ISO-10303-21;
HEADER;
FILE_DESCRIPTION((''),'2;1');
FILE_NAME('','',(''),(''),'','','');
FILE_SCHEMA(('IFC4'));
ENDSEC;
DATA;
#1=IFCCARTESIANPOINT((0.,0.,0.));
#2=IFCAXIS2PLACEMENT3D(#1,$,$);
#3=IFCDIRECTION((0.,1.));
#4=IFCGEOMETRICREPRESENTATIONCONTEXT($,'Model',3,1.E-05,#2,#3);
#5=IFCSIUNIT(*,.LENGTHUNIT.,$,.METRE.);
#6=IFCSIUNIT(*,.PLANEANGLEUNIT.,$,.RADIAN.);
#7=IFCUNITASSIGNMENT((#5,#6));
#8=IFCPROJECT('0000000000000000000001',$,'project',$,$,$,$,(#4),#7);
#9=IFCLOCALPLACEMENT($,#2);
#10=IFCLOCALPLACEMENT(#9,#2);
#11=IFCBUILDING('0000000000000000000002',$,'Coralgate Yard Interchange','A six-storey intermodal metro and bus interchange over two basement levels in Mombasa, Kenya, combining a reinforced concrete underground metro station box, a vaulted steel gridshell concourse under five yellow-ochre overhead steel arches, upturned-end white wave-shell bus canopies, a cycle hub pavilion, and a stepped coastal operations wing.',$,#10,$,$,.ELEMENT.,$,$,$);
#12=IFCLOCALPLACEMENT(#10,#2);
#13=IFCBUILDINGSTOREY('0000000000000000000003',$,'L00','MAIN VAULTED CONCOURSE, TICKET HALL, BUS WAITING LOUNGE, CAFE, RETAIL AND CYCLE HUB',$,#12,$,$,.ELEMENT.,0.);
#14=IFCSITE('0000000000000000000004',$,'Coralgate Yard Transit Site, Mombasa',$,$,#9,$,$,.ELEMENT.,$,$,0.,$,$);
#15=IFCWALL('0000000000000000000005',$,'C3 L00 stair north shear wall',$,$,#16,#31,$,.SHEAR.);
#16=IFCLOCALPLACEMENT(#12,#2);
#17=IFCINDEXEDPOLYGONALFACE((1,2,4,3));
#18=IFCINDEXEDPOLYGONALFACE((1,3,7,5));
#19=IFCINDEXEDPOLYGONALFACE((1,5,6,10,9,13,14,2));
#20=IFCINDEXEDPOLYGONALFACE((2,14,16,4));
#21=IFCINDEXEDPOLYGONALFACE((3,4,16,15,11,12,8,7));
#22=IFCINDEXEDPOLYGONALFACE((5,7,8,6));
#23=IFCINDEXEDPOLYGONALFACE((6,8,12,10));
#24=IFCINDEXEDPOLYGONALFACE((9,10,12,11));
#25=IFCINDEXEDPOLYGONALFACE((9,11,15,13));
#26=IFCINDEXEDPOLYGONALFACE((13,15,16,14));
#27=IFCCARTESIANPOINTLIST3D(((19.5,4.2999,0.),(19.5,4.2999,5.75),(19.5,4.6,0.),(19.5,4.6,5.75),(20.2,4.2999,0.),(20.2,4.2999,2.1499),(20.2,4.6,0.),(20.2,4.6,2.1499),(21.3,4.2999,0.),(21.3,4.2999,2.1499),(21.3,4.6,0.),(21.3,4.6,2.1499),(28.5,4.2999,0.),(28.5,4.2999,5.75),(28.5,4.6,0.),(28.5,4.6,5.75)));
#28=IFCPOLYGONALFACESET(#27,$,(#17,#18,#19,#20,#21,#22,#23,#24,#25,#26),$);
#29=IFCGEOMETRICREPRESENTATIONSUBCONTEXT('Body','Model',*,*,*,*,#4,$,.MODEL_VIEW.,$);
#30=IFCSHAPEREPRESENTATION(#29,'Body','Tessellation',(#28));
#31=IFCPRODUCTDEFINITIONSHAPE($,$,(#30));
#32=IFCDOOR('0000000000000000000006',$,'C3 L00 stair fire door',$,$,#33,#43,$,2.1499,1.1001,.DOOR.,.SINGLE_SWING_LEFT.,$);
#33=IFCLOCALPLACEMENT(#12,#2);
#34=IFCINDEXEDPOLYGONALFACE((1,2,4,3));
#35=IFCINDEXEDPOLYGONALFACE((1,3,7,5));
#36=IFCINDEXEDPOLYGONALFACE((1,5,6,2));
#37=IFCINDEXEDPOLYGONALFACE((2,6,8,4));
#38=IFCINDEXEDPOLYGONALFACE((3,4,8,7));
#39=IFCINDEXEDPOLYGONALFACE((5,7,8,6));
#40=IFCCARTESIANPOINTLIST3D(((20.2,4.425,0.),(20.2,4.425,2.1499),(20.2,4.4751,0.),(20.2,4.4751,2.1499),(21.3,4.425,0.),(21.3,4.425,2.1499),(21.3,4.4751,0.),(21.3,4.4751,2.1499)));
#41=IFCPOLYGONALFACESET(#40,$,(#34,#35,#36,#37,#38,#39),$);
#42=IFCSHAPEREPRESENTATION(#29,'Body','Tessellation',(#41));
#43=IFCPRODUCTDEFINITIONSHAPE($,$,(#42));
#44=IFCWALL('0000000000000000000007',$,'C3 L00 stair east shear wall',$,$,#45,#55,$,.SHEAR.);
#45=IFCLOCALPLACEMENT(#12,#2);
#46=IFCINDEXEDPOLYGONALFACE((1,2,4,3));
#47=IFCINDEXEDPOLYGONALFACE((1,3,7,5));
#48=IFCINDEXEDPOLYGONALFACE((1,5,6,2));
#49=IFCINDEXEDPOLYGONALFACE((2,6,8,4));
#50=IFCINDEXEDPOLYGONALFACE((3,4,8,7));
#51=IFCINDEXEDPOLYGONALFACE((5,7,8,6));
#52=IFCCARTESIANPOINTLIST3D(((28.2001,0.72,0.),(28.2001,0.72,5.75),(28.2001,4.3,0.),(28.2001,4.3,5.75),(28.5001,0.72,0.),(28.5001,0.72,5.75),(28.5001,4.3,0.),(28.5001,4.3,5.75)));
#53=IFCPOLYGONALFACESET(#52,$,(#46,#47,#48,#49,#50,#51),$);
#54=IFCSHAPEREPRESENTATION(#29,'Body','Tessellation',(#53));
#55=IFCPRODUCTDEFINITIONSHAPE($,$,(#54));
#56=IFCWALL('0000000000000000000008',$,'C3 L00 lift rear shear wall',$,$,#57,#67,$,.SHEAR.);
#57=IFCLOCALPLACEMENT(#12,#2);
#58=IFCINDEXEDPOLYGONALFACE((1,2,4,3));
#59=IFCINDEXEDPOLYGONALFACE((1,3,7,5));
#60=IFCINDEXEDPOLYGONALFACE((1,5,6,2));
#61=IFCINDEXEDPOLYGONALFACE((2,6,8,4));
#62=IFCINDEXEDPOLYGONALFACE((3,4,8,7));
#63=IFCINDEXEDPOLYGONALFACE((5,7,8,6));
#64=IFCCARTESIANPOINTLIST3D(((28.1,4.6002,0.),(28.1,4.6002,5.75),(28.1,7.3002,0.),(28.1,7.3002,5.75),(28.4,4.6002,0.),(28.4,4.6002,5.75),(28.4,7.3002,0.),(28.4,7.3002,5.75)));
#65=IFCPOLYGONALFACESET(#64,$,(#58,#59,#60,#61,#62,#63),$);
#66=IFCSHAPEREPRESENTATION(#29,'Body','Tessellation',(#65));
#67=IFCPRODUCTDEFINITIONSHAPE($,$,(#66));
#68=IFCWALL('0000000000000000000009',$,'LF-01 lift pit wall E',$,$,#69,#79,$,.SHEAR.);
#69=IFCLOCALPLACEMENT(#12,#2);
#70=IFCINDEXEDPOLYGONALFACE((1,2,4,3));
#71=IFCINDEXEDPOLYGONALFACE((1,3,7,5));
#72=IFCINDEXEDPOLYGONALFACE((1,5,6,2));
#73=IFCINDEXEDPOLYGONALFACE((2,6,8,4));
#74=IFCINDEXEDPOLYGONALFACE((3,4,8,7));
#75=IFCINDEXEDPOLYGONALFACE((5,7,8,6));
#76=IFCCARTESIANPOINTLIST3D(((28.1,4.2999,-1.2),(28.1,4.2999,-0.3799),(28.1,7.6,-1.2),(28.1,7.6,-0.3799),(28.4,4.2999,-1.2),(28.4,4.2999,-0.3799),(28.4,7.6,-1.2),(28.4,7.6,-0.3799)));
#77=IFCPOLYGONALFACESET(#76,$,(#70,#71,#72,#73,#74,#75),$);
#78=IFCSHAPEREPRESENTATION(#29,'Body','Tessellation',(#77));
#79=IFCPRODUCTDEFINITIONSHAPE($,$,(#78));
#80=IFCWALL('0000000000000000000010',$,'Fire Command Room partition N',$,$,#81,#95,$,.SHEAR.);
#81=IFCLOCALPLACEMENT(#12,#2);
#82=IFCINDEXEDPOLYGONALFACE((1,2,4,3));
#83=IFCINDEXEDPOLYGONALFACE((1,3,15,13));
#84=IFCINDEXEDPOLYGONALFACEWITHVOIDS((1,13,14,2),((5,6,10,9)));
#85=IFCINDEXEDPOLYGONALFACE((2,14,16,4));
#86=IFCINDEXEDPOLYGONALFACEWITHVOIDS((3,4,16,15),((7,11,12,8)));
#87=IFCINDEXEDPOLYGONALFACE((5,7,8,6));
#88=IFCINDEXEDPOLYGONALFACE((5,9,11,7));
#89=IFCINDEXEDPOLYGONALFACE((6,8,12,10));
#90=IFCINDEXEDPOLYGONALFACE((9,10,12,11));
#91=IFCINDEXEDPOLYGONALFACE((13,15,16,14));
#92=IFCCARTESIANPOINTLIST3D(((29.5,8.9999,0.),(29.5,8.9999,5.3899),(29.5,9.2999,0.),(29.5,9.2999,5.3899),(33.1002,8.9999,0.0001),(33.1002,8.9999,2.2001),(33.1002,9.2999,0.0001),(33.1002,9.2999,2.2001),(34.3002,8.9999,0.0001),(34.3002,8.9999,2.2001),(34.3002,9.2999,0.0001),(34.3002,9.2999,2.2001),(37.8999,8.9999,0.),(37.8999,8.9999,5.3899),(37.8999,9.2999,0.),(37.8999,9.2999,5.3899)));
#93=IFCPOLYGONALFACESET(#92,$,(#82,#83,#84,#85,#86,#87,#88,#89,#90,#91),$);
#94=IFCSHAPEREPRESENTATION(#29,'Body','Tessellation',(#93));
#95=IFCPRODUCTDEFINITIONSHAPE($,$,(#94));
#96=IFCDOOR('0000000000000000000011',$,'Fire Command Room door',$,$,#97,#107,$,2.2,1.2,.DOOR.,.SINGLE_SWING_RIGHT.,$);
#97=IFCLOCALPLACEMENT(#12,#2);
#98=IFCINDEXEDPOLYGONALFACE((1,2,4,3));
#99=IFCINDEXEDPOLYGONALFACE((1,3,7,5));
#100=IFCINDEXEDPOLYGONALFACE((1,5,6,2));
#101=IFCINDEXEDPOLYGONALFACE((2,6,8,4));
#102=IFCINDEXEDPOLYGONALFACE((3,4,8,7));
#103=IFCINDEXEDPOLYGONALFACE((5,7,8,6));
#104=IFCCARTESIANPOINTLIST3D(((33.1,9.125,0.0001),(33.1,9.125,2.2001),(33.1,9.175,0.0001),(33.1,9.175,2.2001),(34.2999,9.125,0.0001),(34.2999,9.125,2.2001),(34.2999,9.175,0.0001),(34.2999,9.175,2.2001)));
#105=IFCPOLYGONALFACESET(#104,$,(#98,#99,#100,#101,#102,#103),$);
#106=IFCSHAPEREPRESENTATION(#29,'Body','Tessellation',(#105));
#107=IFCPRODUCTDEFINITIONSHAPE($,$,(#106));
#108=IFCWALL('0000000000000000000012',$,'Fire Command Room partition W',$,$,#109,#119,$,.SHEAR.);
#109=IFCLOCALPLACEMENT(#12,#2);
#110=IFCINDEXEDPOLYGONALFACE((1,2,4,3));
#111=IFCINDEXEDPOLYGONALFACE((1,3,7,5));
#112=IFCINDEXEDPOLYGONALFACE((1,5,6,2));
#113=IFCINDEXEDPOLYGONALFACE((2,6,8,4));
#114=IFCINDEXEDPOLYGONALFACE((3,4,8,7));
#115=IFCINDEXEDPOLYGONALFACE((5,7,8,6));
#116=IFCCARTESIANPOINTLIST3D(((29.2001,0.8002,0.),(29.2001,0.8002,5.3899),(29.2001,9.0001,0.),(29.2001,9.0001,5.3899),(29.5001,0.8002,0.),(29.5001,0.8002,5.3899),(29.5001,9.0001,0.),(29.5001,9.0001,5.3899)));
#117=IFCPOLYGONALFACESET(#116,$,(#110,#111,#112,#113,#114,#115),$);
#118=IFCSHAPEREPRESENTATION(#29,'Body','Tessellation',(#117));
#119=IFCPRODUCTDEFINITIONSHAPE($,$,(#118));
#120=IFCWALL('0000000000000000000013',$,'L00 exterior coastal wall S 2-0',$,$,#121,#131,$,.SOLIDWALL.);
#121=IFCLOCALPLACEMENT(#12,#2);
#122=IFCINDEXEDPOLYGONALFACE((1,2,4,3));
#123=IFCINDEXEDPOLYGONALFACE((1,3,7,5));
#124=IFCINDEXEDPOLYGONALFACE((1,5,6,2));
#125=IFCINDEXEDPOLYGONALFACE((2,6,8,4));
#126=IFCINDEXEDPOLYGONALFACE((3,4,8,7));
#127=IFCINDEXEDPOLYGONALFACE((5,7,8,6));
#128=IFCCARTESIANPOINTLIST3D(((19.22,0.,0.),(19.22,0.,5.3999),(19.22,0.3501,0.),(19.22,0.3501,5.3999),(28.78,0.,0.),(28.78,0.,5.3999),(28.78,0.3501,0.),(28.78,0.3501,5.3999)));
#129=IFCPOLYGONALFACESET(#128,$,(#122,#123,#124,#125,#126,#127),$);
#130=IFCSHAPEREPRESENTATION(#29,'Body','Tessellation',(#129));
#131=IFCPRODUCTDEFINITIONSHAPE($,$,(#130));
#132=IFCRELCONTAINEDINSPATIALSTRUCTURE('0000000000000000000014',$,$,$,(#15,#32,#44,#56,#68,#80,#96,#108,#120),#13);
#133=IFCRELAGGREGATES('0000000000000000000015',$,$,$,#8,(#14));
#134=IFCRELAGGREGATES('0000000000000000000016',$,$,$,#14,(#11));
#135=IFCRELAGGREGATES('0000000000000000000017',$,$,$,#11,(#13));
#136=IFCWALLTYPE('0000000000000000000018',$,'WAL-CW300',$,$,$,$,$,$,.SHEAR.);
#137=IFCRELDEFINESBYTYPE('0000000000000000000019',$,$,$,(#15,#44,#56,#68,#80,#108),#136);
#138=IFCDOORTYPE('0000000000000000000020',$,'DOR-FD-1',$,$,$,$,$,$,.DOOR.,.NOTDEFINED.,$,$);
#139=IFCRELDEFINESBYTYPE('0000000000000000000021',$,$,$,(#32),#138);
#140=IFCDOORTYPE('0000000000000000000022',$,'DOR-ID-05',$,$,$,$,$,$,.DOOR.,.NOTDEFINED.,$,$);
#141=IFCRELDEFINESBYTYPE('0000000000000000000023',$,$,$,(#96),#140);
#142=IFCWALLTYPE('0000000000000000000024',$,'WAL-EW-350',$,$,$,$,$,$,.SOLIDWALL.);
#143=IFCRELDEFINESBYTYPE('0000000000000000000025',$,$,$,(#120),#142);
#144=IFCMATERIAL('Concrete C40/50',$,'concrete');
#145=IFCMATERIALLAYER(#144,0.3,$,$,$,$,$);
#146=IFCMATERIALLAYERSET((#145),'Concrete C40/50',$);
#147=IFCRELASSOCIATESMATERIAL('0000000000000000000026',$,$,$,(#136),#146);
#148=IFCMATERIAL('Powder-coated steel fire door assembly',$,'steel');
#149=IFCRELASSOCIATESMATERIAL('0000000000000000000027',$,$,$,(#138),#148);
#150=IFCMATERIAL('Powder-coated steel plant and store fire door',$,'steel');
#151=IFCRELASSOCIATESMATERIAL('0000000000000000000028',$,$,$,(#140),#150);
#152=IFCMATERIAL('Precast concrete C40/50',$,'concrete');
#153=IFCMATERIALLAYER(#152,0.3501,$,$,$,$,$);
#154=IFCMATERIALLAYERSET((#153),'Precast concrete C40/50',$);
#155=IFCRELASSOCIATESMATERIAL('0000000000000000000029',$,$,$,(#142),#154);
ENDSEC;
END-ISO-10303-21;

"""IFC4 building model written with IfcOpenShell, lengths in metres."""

from ifc_helpers import new_model, si_unit, direction, frame, frame_2d, origin, place, context, subcontext, project, spatial, rectangle, extrude, material, layer, layer_set, type_object, element, fill, save


model = new_model("IFC4")

# Units and contexts
model_context = context("Model", 3, precision=1e-05, world=origin(), true_north=direction((0.0, 1.0)))
body_context = subcontext(model_context, "Body", "Model", "MODEL_VIEW")
ifc_project = project(units=[si_unit("LENGTHUNIT", "METRE"), si_unit("PLANEANGLEUNIT", "RADIAN")], contexts=[model_context])

# Site, building, storey
site_placement = place(None, origin())
site = spatial("IfcSite", under=ifc_project, at=site_placement, Name="Coralgate Yard Transit Site, Mombasa", CompositionType="ELEMENT", RefElevation=0.0)
building_placement = place(site_placement, origin())
building = spatial("IfcBuilding", under=site, at=building_placement, Name="Coralgate Yard Interchange", Description="A six-storey intermodal metro and bus interchange over two basement levels in Mombasa, Kenya, combining a reinforced concrete underground metro station box, a vaulted steel gridshell concourse under five yellow-ochre overhead steel arches, upturned-end white wave-shell bus canopies, a cycle hub pavilion, and a stepped coastal operations wing.", CompositionType="ELEMENT")
storey_placement = place(building_placement, origin())
storey = spatial("IfcBuildingStorey", under=building, at=storey_placement, Name="L00", Description="MAIN VAULTED CONCOURSE, TICKET HALL, BUS WAITING LOUNGE, CAFE, RETAIL AND CYCLE HUB", CompositionType="ELEMENT", Elevation=0.0)

# Shared definitions
ifc_material_1 = material(Name="Concrete C40/50", Category="concrete")

# Wall, opening, door
ifc_layer_1 = layer(ifc_material_1, 0.3)
ifc_layer_set_1 = layer_set([ifc_layer_1], Name="Concrete C40/50")
wall_type_1 = type_object("IfcWallType", Name="WAL-CW300", PredefinedType="SHEAR", material=ifc_layer_set_1)
wall_1_placement = place(storey_placement, frame((28.5, 4.45, 0.0), z_axis=(0.0, 0.0, 1.0), x_axis=(-1.0, 0.0, 0.0)))
wall_1 = element("IfcWall", 1, at=wall_1_placement, inside=storey, type_object=wall_type_1, Name="C3 L00 stair north shear wall", PredefinedType="SHEAR", context=body_context, shape_type="SweptSolid", body=[
    extrude(rectangle(XDim=9.0, YDim=0.3, at=frame_2d((4.5, 0.0))), origin(), (0.0, 0.0, 1.0), 5.75),
])
opening_1_placement = place(wall_1_placement, frame((7.2, 0.0, 0.0)))
opening_1 = element("IfcOpeningElement", 2, at=opening_1_placement, cuts=wall_1, PredefinedType="OPENING", context=body_context, shape_type="SweptSolid", body=[
    extrude(rectangle(XDim=1.1001, YDim=2.1499, at=frame_2d((0.55, 1.075))), frame((0.0, 0.1599, 0.0), z_axis=(0.0, -1.0, 0.0), x_axis=(1.0, 0.0, 0.0)), (0.0, 0.0, 1.0), 0.3201),
])
ifc_material_2 = material(Name="Powder-coated steel fire door assembly", Category="steel")
door_type_1 = type_object("IfcDoorType", Name="DOR-FD-1", OperationType="NOTDEFINED", PredefinedType="DOOR", material=ifc_material_2)
door_1_placement = place(opening_1_placement, origin())
door_1 = element("IfcDoor", 3, at=door_1_placement, inside=storey, type_object=door_type_1, Name="C3 L00 stair fire door", OperationType="SINGLE_SWING_LEFT", OverallHeight=2.1499, OverallWidth=1.1001, PredefinedType="DOOR", context=body_context, shape_type="SweptSolid", body=[
    extrude(rectangle(XDim=1.1001, YDim=2.1499, at=frame_2d((0.55, 1.075))), frame((0.0, 0.0249, 0.0), z_axis=(0.0, -1.0, 0.0), x_axis=(1.0, 0.0, 0.0)), (0.0, 0.0, 1.0), 0.05),
])
fill(opening_1, door_1)

# Walls
wall_2_placement = place(storey_placement, frame((28.3501, 4.3, 0.0), z_axis=(0.0, 0.0, 1.0), x_axis=(0.0, -1.0, 0.0)))
element("IfcWall", 4, at=wall_2_placement, inside=storey, type_object=wall_type_1, Name="C3 L00 stair east shear wall", PredefinedType="SHEAR", context=body_context, shape_type="SweptSolid", body=[
    extrude(rectangle(XDim=3.5801, YDim=0.3, at=frame_2d((1.79, 0.0))), origin(), (0.0, 0.0, 1.0), 5.75),
])
wall_3_placement = place(storey_placement, frame((28.25, 4.6001, 0.0), z_axis=(0.0, 0.0, 1.0), x_axis=(0.0, 1.0, 0.0)))
element("IfcWall", 5, at=wall_3_placement, inside=storey, type_object=wall_type_1, Name="C3 L00 lift rear shear wall", PredefinedType="SHEAR", context=body_context, shape_type="SweptSolid", body=[
    extrude(rectangle(XDim=2.7, YDim=0.3, at=frame_2d((1.3501, 0.0))), origin(), (0.0, 0.0, 1.0), 5.75),
])
wall_4_placement = place(storey_placement, frame((28.25, 4.3, -1.2), z_axis=(0.0, 0.0, 1.0), x_axis=(0.0, 1.0, 0.0)))
element("IfcWall", 6, at=wall_4_placement, inside=storey, type_object=wall_type_1, Name="LF-01 lift pit wall E", PredefinedType="SHEAR", context=body_context, shape_type="SweptSolid", body=[
    extrude(rectangle(XDim=3.3, YDim=0.3, at=frame_2d((1.6499, 0.0))), origin(), (0.0, 0.0, 1.0), 0.8201),
])

# Wall, opening, door
wall_5_placement = place(storey_placement, frame((29.5, 9.1499, 0.0), z_axis=(0.0, 0.0, 1.0), x_axis=(1.0, 0.0, 0.0)))
wall_5 = element("IfcWall", 7, at=wall_5_placement, inside=storey, type_object=wall_type_1, Name="Fire Command Room partition N", PredefinedType="SHEAR", context=body_context, shape_type="SweptSolid", body=[
    extrude(rectangle(XDim=8.3999, YDim=0.3, at=frame_2d((4.2, 0.0))), origin(), (0.0, 0.0, 1.0), 5.3899),
])
opening_2_placement = place(wall_5_placement, frame((3.6001, 0.0, 0.0)))
opening_2 = element("IfcOpeningElement", 8, at=opening_2_placement, cuts=wall_5, PredefinedType="OPENING", context=body_context, shape_type="SweptSolid", body=[
    extrude(rectangle(XDim=1.2, YDim=2.2, at=frame_2d((0.6001, 1.1001))), frame((0.0, 0.1599, 0.0), z_axis=(0.0, -1.0, 0.0), x_axis=(1.0, 0.0, 0.0)), (0.0, 0.0, 1.0), 0.3201),
])
ifc_material_3 = material(Name="Powder-coated steel plant and store fire door", Category="steel")
door_type_2 = type_object("IfcDoorType", Name="DOR-ID-05", OperationType="NOTDEFINED", PredefinedType="DOOR", material=ifc_material_3)
door_2_placement = place(opening_2_placement, frame((1.2, 0.0, 0.0), z_axis=(0.0, 0.0, 1.0), x_axis=(-1.0, 0.0, 0.0)))
door_2 = element("IfcDoor", 9, at=door_2_placement, inside=storey, type_object=door_type_2, Name="Fire Command Room door", OperationType="SINGLE_SWING_RIGHT", OverallHeight=2.2, OverallWidth=1.2, PredefinedType="DOOR", context=body_context, shape_type="SweptSolid", body=[
    extrude(rectangle(XDim=1.2, YDim=2.2, at=frame_2d((0.6001, 1.1001))), frame((0.0, 0.0249, 0.0), z_axis=(0.0, -1.0, 0.0), x_axis=(1.0, 0.0, 0.0)), (0.0, 0.0, 1.0), 0.05),
])
fill(opening_2, door_2)

# Walls
wall_6_placement = place(storey_placement, frame((29.3501, 0.8, 0.0), z_axis=(0.0, 0.0, 1.0), x_axis=(0.0, 1.0, 0.0)))
element("IfcWall", 10, at=wall_6_placement, inside=storey, type_object=wall_type_1, Name="Fire Command Room partition W", PredefinedType="SHEAR", context=body_context, shape_type="SweptSolid", body=[
    extrude(rectangle(XDim=8.2, YDim=0.3, at=frame_2d((4.1001, 0.0))), origin(), (0.0, 0.0, 1.0), 5.3899),
])
ifc_material_4 = material(Name="Precast concrete C40/50", Category="concrete")
ifc_layer_2 = layer(ifc_material_4, 0.3501)
ifc_layer_set_2 = layer_set([ifc_layer_2], Name="Precast concrete C40/50")
wall_type_2 = type_object("IfcWallType", Name="WAL-EW-350", PredefinedType="SOLIDWALL", material=ifc_layer_set_2)
wall_7_placement = place(storey_placement, frame((28.78, 0.175, 0.0), z_axis=(0.0, 0.0, 1.0), x_axis=(-1.0, 0.0, 0.0)))
element("IfcWall", 11, at=wall_7_placement, inside=storey, type_object=wall_type_2, Name="L00 exterior coastal wall S 2-0", PredefinedType="SOLIDWALL", context=body_context, shape_type="SweptSolid", body=[
    extrude(rectangle(XDim=9.5601, YDim=0.3501, at=frame_2d((4.78, 0.0))), origin(), (0.0, 0.0, 1.0), 5.3999),
])

save(model, "model.ifc")
